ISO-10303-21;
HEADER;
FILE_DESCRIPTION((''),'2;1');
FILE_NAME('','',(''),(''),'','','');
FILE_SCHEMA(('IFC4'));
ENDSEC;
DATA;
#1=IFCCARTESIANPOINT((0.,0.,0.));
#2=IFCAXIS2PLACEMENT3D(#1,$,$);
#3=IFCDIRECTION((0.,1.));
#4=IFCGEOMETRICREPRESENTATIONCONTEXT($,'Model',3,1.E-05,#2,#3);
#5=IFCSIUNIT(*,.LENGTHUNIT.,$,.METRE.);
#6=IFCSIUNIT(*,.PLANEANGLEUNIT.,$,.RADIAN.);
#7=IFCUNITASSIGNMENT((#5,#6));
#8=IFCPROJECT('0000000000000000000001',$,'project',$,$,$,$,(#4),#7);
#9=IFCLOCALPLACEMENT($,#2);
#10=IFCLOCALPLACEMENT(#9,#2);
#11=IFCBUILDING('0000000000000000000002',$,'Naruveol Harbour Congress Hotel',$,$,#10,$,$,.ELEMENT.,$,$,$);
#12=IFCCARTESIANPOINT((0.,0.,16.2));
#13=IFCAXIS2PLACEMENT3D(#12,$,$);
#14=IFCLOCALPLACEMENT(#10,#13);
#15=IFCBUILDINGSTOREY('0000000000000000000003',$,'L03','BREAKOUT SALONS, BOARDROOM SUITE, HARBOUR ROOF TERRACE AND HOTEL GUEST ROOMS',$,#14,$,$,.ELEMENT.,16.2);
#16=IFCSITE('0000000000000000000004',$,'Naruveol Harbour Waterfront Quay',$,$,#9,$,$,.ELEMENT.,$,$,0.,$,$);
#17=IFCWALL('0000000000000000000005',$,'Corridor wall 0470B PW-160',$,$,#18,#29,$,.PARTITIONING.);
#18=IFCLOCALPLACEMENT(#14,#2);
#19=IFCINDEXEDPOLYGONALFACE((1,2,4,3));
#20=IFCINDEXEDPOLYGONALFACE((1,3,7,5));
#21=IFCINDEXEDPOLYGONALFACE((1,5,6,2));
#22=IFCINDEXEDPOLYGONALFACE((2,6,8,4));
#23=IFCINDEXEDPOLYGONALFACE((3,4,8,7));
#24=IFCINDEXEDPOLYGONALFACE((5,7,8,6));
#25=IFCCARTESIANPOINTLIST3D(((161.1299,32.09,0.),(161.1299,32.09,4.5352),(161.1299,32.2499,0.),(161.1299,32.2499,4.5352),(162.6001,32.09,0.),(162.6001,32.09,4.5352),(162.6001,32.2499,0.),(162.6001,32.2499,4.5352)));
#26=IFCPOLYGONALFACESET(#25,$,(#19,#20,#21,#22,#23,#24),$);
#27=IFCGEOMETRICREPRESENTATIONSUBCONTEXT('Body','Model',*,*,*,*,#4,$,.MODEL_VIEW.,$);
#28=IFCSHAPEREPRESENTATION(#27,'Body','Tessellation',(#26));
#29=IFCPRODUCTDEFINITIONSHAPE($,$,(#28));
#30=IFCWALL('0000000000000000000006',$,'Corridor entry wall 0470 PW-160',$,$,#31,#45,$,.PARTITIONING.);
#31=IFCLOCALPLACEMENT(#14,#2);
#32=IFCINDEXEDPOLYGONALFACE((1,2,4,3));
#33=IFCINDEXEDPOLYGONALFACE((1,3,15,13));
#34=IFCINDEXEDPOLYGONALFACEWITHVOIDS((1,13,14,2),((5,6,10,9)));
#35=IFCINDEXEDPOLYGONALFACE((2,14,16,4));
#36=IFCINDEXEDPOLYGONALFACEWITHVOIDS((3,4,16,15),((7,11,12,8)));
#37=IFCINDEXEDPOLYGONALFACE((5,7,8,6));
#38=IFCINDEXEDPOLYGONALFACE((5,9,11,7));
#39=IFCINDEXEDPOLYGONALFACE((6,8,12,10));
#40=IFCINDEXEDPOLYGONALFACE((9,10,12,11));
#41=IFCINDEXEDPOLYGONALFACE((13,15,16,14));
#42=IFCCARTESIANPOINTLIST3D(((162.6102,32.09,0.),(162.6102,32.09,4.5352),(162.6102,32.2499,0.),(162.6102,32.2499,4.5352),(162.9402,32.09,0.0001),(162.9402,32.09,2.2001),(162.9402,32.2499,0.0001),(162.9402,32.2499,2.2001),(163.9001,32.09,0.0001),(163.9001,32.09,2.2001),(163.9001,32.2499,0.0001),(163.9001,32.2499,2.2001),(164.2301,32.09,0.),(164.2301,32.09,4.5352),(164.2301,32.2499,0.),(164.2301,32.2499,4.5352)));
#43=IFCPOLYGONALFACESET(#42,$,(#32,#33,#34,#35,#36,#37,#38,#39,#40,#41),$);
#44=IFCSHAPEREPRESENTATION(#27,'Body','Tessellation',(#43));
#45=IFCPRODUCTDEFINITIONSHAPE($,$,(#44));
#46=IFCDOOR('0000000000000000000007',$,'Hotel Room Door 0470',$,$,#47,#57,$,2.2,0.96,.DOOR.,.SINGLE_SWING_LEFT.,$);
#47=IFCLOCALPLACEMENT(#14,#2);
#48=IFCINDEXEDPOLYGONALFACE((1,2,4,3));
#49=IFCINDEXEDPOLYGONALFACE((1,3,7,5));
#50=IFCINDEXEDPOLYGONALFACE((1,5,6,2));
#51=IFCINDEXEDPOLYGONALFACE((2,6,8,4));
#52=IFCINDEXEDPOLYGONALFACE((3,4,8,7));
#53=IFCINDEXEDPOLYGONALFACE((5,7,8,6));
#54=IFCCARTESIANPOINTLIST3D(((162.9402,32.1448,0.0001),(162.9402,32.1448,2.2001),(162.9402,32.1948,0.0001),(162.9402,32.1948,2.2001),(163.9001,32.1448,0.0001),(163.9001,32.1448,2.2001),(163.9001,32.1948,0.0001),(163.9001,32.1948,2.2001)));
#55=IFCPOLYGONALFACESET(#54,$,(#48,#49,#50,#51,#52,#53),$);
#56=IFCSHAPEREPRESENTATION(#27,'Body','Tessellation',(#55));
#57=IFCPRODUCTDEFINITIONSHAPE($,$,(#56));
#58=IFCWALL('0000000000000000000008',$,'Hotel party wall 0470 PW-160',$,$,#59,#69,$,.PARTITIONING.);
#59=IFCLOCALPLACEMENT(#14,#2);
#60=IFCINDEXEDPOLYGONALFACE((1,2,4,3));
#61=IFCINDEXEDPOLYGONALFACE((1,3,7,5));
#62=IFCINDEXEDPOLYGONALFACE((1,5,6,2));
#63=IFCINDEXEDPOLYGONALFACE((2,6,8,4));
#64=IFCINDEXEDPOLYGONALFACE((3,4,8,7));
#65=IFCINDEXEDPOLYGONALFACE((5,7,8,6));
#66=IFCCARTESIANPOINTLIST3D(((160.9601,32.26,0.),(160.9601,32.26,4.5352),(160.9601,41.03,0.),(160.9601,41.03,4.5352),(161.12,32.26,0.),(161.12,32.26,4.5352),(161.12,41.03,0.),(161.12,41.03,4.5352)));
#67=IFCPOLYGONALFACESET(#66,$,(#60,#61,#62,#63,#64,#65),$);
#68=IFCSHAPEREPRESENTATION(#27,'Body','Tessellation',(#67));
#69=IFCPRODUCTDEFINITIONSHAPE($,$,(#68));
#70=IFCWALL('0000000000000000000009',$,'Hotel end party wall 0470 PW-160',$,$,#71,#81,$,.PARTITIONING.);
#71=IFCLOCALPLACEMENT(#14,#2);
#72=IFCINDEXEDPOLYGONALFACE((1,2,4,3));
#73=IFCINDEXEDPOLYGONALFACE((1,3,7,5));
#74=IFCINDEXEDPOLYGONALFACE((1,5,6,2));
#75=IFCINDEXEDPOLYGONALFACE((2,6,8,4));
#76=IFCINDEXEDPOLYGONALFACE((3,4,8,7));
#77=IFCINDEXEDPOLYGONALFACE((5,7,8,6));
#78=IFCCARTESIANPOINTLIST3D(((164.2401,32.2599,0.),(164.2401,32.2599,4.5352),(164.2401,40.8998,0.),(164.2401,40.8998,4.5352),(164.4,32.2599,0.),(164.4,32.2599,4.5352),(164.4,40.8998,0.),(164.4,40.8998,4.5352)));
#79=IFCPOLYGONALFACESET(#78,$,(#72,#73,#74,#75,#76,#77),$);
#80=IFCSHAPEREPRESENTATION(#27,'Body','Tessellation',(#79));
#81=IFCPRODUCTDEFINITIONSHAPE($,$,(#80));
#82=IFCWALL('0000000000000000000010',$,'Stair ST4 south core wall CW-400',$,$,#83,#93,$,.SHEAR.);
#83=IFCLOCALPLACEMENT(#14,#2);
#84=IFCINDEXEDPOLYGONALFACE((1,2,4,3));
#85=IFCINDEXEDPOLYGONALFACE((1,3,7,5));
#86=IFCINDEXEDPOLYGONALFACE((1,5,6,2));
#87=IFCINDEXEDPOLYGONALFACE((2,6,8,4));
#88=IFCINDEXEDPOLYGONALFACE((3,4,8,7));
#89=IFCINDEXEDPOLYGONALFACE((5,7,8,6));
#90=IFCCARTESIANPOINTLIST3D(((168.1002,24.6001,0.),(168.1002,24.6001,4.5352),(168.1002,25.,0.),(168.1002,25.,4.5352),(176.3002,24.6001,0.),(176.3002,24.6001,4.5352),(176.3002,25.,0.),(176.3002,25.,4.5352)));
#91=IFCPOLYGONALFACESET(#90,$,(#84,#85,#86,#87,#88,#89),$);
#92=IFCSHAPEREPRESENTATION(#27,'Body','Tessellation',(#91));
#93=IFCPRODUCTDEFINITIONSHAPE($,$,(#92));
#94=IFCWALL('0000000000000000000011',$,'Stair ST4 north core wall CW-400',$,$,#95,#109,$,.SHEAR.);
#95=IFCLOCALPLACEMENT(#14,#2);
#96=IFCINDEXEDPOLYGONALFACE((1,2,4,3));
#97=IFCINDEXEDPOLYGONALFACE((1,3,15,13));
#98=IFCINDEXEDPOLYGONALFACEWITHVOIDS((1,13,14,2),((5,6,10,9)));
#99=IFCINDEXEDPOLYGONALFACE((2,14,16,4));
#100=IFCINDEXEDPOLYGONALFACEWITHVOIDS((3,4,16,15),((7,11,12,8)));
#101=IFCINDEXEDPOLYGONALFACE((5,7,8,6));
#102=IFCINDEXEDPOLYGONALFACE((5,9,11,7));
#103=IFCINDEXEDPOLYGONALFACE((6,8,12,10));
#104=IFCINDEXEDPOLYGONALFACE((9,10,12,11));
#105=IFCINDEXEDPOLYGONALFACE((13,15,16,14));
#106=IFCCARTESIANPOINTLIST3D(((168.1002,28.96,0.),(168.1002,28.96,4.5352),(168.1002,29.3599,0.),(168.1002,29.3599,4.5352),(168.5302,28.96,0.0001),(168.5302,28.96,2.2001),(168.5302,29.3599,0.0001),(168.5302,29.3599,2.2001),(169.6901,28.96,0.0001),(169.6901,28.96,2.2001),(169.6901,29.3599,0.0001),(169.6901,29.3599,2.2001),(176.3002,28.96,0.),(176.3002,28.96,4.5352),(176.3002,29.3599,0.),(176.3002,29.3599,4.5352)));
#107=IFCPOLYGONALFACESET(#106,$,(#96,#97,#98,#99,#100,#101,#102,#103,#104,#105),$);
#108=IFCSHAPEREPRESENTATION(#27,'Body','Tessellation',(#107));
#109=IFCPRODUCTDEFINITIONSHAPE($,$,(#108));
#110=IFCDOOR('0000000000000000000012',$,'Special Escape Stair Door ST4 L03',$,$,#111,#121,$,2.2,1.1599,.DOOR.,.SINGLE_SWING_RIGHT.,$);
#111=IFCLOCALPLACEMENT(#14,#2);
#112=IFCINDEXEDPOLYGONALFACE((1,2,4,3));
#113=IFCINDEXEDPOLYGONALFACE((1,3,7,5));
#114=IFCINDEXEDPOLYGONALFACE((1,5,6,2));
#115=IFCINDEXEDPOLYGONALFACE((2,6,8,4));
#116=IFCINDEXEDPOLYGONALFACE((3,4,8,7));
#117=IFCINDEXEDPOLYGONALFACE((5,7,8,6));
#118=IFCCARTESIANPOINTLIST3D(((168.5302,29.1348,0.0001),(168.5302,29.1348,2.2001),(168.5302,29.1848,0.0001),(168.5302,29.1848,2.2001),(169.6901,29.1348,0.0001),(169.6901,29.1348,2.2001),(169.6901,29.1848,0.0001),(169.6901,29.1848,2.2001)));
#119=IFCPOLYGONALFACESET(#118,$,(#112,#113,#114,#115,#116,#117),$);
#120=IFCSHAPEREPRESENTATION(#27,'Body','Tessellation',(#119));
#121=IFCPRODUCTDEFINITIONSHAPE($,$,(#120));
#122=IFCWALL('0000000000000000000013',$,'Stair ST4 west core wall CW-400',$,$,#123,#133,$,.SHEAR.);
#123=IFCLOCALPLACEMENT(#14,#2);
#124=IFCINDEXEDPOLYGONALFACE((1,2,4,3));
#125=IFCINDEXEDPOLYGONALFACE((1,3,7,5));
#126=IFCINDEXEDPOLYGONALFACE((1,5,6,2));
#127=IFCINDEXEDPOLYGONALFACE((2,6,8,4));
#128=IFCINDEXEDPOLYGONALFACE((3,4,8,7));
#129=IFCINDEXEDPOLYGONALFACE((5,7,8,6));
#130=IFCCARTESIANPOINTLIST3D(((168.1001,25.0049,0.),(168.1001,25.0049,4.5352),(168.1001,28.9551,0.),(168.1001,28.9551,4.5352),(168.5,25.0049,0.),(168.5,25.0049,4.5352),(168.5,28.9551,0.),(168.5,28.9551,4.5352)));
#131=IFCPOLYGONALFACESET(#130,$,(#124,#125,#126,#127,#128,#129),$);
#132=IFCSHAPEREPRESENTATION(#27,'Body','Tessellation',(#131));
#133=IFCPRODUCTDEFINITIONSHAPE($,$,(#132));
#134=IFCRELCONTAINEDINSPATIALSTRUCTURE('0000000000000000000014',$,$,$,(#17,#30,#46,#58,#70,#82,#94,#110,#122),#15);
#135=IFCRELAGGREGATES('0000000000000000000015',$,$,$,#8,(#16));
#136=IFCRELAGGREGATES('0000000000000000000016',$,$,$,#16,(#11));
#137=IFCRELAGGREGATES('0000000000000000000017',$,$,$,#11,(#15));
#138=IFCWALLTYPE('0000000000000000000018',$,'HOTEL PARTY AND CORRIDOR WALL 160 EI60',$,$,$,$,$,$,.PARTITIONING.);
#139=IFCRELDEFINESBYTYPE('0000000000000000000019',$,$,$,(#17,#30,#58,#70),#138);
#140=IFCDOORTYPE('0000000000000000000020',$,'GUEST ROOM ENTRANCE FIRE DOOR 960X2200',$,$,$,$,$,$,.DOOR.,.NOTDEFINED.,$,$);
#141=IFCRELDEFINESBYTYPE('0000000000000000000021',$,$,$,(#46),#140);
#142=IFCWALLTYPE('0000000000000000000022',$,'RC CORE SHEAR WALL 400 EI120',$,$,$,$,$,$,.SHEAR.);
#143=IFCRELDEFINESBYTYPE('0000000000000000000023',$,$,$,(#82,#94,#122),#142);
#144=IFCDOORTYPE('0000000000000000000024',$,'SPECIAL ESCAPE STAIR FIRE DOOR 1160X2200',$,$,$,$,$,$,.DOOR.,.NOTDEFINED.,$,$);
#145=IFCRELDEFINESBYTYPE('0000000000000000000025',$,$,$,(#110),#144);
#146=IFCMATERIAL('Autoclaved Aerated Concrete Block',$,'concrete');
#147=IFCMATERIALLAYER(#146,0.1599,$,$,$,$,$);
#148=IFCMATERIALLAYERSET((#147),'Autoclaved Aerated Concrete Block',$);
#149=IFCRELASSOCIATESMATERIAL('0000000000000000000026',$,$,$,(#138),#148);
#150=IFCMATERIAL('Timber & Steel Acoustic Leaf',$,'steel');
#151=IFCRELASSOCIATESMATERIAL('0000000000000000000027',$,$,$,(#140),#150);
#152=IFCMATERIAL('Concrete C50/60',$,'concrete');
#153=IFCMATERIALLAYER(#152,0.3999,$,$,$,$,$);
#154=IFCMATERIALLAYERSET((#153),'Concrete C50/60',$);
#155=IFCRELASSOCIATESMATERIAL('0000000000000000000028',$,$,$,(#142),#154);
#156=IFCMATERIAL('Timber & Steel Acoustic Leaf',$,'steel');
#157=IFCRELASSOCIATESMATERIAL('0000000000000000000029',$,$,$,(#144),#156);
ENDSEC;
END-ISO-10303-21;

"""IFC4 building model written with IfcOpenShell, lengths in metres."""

from ifc_helpers import new_model, si_unit, direction, frame, frame_2d, origin, place, context, subcontext, project, spatial, rectangle, extrude, material, layer, layer_set, type_object, element, fill, save


model = new_model("IFC4")

# Units and contexts
model_context = context("Model", 3, precision=1e-05, world=origin(), true_north=direction((0.0, 1.0)))
body_context = subcontext(model_context, "Body", "Model", "MODEL_VIEW")
ifc_project = project(units=[si_unit("LENGTHUNIT", "METRE"), si_unit("PLANEANGLEUNIT", "RADIAN")], contexts=[model_context])

# Site, building, storey
site_placement = place(None, origin())
site = spatial("IfcSite", under=ifc_project, at=site_placement, Name="Naruveol Harbour Waterfront Quay", CompositionType="ELEMENT", RefElevation=0.0)
building_placement = place(site_placement, origin())
building = spatial("IfcBuilding", under=site, at=building_placement, Name="Naruveol Harbour Congress Hotel", CompositionType="ELEMENT")
storey_placement = place(building_placement, frame((0.0, 0.0, 16.2)))
storey = spatial("IfcBuildingStorey", under=building, at=storey_placement, Name="L03", Description="BREAKOUT SALONS, BOARDROOM SUITE, HARBOUR ROOF TERRACE AND HOTEL GUEST ROOMS", CompositionType="ELEMENT", Elevation=16.2)

# Wall
ifc_material_1 = material(Name="Autoclaved Aerated Concrete Block", Category="concrete")
ifc_layer_1 = layer(ifc_material_1, 0.1599)
ifc_layer_set_1 = layer_set([ifc_layer_1], Name="Autoclaved Aerated Concrete Block")
wall_type_1 = type_object("IfcWallType", Name="HOTEL PARTY AND CORRIDOR WALL 160 EI60", PredefinedType="PARTITIONING", material=ifc_layer_set_1)
wall_1_placement = place(storey_placement, frame((161.1299, 32.1699, 0.0), z_axis=(0.0, 0.0, 1.0), x_axis=(1.0, 0.0, 0.0)))
element("IfcWall", 1, at=wall_1_placement, inside=storey, type_object=wall_type_1, Name="Corridor wall 0470B PW-160", PredefinedType="PARTITIONING", context=body_context, shape_type="SweptSolid", body=[
    extrude(rectangle(XDim=1.4702, YDim=0.1599, at=frame_2d((0.7351, 0.0))), origin(), (0.0, 0.0, 1.0), 4.5352),
])

# Wall, opening, door
wall_2_placement = place(storey_placement, frame((162.6101, 32.1699, 0.0), z_axis=(0.0, 0.0, 1.0), x_axis=(1.0, 0.0, 0.0)))
wall_2 = element("IfcWall", 2, at=wall_2_placement, inside=storey, type_object=wall_type_1, Name="Corridor entry wall 0470 PW-160", PredefinedType="PARTITIONING", context=body_context, shape_type="SweptSolid", body=[
    extrude(rectangle(XDim=1.6199, YDim=0.1599, at=frame_2d((0.8101, 0.0))), origin(), (0.0, 0.0, 1.0), 4.5352),
])
opening_1_placement = place(wall_2_placement, frame((0.3301, 0.0, 0.0)))
opening_1 = element("IfcOpeningElement", 3, at=opening_1_placement, cuts=wall_2, PredefinedType="OPENING", context=body_context, shape_type="SweptSolid", body=[
    extrude(rectangle(XDim=0.96, YDim=2.2, at=frame_2d((0.48, 1.1001))), frame((0.0, 0.0898, 0.0), z_axis=(0.0, -1.0, 0.0), x_axis=(1.0, 0.0, 0.0)), (0.0, 0.0, 1.0), 0.1799),
])
ifc_material_2 = material(Name="Timber & Steel Acoustic Leaf", Category="steel")
door_type_1 = type_object("IfcDoorType", Name="GUEST ROOM ENTRANCE FIRE DOOR 960X2200", OperationType="NOTDEFINED", PredefinedType="DOOR", material=ifc_material_2)
door_1_placement = place(opening_1_placement, origin())
door_1 = element("IfcDoor", 4, at=door_1_placement, inside=storey, type_object=door_type_1, Name="Hotel Room Door 0470", OperationType="SINGLE_SWING_LEFT", OverallHeight=2.2, OverallWidth=0.96, PredefinedType="DOOR", context=body_context, shape_type="SweptSolid", body=[
    extrude(rectangle(XDim=0.96, YDim=2.2, at=frame_2d((0.48, 1.1001))), frame((0.0, 0.0249, 0.0), z_axis=(0.0, -1.0, 0.0), x_axis=(1.0, 0.0, 0.0)), (0.0, 0.0, 1.0), 0.05),
])
fill(opening_1, door_1)

# Walls
wall_3_placement = place(storey_placement, frame((161.04, 32.26, 0.0), z_axis=(0.0, 0.0, 1.0), x_axis=(0.0, 1.0, 0.0)))
element("IfcWall", 5, at=wall_3_placement, inside=storey, type_object=wall_type_1, Name="Hotel party wall 0470 PW-160", PredefinedType="PARTITIONING", context=body_context, shape_type="SweptSolid", body=[
    extrude(rectangle(XDim=8.77, YDim=0.1599, at=frame_2d((4.385, 0.0))), origin(), (0.0, 0.0, 1.0), 4.5352),
])
wall_4_placement = place(storey_placement, frame((164.3201, 32.26, 0.0), z_axis=(0.0, 0.0, 1.0), x_axis=(0.0, 1.0, 0.0)))
element("IfcWall", 6, at=wall_4_placement, inside=storey, type_object=wall_type_1, Name="Hotel end party wall 0470 PW-160", PredefinedType="PARTITIONING", context=body_context, shape_type="SweptSolid", body=[
    extrude(rectangle(XDim=8.6399, YDim=0.1599, at=frame_2d((4.3198, 0.0))), origin(), (0.0, 0.0, 1.0), 4.5352),
])
ifc_material_3 = material(Name="Concrete C50/60", Category="concrete")
ifc_layer_2 = layer(ifc_material_3, 0.3999)
ifc_layer_set_2 = layer_set([ifc_layer_2], Name="Concrete C50/60")
wall_type_2 = type_object("IfcWallType", Name="RC CORE SHEAR WALL 400 EI120", PredefinedType="SHEAR", material=ifc_layer_set_2)
wall_5_placement = place(storey_placement, frame((168.1001, 24.8, 0.0), z_axis=(0.0, 0.0, 1.0), x_axis=(1.0, 0.0, 0.0)))
element("IfcWall", 7, at=wall_5_placement, inside=storey, type_object=wall_type_2, Name="Stair ST4 south core wall CW-400", PredefinedType="SHEAR", context=body_context, shape_type="SweptSolid", body=[
    extrude(rectangle(XDim=8.2, YDim=0.3999, at=frame_2d((4.1001, 0.0))), origin(), (0.0, 0.0, 1.0), 4.5352),
])

# Wall, opening, door
wall_6_placement = place(storey_placement, frame((168.1001, 29.1599, 0.0), z_axis=(0.0, 0.0, 1.0), x_axis=(1.0, 0.0, 0.0)))
wall_6 = element("IfcWall", 8, at=wall_6_placement, inside=storey, type_object=wall_type_2, Name="Stair ST4 north core wall CW-400", PredefinedType="SHEAR", context=body_context, shape_type="SweptSolid", body=[
    extrude(rectangle(XDim=8.2, YDim=0.3999, at=frame_2d((4.1001, 0.0))), origin(), (0.0, 0.0, 1.0), 4.5352),
])
opening_2_placement = place(wall_6_placement, frame((0.4299, 0.0, 0.0)))
opening_2 = element("IfcOpeningElement", 9, at=opening_2_placement, cuts=wall_6, PredefinedType="OPENING", context=body_context, shape_type="SweptSolid", body=[
    extrude(rectangle(XDim=1.1599, YDim=2.2, at=frame_2d((0.5801, 1.1001))), frame((0.0, 0.21, 0.0), z_axis=(0.0, -1.0, 0.0), x_axis=(1.0, 0.0, 0.0)), (0.0, 0.0, 1.0), 0.4199),
])
ifc_material_4 = material(Name="Timber & Steel Acoustic Leaf", Category="steel")
door_type_2 = type_object("IfcDoorType", Name="SPECIAL ESCAPE STAIR FIRE DOOR 1160X2200", OperationType="NOTDEFINED", PredefinedType="DOOR", material=ifc_material_4)
door_2_placement = place(opening_2_placement, origin())
door_2 = element("IfcDoor", 10, at=door_2_placement, inside=storey, type_object=door_type_2, Name="Special Escape Stair Door ST4 L03", OperationType="SINGLE_SWING_RIGHT", OverallHeight=2.2, OverallWidth=1.1599, PredefinedType="DOOR", context=body_context, shape_type="SweptSolid", body=[
    extrude(rectangle(XDim=1.1599, YDim=2.2, at=frame_2d((0.5801, 1.1001))), frame((0.0, 0.0249, 0.0), z_axis=(0.0, -1.0, 0.0), x_axis=(1.0, 0.0, 0.0)), (0.0, 0.0, 1.0), 0.05),
])
fill(opening_2, door_2)

# Wall
wall_7_placement = place(storey_placement, frame((168.3, 25.0049, 0.0), z_axis=(0.0, 0.0, 1.0), x_axis=(0.0, 1.0, 0.0)))
element("IfcWall", 11, at=wall_7_placement, inside=storey, type_object=wall_type_2, Name="Stair ST4 west core wall CW-400", PredefinedType="SHEAR", context=body_context, shape_type="SweptSolid", body=[
    extrude(rectangle(XDim=3.9502, YDim=0.3999, at=frame_2d((1.9751, 0.0))), origin(), (0.0, 0.0, 1.0), 4.5352),
])

save(model, "model.ifc")
